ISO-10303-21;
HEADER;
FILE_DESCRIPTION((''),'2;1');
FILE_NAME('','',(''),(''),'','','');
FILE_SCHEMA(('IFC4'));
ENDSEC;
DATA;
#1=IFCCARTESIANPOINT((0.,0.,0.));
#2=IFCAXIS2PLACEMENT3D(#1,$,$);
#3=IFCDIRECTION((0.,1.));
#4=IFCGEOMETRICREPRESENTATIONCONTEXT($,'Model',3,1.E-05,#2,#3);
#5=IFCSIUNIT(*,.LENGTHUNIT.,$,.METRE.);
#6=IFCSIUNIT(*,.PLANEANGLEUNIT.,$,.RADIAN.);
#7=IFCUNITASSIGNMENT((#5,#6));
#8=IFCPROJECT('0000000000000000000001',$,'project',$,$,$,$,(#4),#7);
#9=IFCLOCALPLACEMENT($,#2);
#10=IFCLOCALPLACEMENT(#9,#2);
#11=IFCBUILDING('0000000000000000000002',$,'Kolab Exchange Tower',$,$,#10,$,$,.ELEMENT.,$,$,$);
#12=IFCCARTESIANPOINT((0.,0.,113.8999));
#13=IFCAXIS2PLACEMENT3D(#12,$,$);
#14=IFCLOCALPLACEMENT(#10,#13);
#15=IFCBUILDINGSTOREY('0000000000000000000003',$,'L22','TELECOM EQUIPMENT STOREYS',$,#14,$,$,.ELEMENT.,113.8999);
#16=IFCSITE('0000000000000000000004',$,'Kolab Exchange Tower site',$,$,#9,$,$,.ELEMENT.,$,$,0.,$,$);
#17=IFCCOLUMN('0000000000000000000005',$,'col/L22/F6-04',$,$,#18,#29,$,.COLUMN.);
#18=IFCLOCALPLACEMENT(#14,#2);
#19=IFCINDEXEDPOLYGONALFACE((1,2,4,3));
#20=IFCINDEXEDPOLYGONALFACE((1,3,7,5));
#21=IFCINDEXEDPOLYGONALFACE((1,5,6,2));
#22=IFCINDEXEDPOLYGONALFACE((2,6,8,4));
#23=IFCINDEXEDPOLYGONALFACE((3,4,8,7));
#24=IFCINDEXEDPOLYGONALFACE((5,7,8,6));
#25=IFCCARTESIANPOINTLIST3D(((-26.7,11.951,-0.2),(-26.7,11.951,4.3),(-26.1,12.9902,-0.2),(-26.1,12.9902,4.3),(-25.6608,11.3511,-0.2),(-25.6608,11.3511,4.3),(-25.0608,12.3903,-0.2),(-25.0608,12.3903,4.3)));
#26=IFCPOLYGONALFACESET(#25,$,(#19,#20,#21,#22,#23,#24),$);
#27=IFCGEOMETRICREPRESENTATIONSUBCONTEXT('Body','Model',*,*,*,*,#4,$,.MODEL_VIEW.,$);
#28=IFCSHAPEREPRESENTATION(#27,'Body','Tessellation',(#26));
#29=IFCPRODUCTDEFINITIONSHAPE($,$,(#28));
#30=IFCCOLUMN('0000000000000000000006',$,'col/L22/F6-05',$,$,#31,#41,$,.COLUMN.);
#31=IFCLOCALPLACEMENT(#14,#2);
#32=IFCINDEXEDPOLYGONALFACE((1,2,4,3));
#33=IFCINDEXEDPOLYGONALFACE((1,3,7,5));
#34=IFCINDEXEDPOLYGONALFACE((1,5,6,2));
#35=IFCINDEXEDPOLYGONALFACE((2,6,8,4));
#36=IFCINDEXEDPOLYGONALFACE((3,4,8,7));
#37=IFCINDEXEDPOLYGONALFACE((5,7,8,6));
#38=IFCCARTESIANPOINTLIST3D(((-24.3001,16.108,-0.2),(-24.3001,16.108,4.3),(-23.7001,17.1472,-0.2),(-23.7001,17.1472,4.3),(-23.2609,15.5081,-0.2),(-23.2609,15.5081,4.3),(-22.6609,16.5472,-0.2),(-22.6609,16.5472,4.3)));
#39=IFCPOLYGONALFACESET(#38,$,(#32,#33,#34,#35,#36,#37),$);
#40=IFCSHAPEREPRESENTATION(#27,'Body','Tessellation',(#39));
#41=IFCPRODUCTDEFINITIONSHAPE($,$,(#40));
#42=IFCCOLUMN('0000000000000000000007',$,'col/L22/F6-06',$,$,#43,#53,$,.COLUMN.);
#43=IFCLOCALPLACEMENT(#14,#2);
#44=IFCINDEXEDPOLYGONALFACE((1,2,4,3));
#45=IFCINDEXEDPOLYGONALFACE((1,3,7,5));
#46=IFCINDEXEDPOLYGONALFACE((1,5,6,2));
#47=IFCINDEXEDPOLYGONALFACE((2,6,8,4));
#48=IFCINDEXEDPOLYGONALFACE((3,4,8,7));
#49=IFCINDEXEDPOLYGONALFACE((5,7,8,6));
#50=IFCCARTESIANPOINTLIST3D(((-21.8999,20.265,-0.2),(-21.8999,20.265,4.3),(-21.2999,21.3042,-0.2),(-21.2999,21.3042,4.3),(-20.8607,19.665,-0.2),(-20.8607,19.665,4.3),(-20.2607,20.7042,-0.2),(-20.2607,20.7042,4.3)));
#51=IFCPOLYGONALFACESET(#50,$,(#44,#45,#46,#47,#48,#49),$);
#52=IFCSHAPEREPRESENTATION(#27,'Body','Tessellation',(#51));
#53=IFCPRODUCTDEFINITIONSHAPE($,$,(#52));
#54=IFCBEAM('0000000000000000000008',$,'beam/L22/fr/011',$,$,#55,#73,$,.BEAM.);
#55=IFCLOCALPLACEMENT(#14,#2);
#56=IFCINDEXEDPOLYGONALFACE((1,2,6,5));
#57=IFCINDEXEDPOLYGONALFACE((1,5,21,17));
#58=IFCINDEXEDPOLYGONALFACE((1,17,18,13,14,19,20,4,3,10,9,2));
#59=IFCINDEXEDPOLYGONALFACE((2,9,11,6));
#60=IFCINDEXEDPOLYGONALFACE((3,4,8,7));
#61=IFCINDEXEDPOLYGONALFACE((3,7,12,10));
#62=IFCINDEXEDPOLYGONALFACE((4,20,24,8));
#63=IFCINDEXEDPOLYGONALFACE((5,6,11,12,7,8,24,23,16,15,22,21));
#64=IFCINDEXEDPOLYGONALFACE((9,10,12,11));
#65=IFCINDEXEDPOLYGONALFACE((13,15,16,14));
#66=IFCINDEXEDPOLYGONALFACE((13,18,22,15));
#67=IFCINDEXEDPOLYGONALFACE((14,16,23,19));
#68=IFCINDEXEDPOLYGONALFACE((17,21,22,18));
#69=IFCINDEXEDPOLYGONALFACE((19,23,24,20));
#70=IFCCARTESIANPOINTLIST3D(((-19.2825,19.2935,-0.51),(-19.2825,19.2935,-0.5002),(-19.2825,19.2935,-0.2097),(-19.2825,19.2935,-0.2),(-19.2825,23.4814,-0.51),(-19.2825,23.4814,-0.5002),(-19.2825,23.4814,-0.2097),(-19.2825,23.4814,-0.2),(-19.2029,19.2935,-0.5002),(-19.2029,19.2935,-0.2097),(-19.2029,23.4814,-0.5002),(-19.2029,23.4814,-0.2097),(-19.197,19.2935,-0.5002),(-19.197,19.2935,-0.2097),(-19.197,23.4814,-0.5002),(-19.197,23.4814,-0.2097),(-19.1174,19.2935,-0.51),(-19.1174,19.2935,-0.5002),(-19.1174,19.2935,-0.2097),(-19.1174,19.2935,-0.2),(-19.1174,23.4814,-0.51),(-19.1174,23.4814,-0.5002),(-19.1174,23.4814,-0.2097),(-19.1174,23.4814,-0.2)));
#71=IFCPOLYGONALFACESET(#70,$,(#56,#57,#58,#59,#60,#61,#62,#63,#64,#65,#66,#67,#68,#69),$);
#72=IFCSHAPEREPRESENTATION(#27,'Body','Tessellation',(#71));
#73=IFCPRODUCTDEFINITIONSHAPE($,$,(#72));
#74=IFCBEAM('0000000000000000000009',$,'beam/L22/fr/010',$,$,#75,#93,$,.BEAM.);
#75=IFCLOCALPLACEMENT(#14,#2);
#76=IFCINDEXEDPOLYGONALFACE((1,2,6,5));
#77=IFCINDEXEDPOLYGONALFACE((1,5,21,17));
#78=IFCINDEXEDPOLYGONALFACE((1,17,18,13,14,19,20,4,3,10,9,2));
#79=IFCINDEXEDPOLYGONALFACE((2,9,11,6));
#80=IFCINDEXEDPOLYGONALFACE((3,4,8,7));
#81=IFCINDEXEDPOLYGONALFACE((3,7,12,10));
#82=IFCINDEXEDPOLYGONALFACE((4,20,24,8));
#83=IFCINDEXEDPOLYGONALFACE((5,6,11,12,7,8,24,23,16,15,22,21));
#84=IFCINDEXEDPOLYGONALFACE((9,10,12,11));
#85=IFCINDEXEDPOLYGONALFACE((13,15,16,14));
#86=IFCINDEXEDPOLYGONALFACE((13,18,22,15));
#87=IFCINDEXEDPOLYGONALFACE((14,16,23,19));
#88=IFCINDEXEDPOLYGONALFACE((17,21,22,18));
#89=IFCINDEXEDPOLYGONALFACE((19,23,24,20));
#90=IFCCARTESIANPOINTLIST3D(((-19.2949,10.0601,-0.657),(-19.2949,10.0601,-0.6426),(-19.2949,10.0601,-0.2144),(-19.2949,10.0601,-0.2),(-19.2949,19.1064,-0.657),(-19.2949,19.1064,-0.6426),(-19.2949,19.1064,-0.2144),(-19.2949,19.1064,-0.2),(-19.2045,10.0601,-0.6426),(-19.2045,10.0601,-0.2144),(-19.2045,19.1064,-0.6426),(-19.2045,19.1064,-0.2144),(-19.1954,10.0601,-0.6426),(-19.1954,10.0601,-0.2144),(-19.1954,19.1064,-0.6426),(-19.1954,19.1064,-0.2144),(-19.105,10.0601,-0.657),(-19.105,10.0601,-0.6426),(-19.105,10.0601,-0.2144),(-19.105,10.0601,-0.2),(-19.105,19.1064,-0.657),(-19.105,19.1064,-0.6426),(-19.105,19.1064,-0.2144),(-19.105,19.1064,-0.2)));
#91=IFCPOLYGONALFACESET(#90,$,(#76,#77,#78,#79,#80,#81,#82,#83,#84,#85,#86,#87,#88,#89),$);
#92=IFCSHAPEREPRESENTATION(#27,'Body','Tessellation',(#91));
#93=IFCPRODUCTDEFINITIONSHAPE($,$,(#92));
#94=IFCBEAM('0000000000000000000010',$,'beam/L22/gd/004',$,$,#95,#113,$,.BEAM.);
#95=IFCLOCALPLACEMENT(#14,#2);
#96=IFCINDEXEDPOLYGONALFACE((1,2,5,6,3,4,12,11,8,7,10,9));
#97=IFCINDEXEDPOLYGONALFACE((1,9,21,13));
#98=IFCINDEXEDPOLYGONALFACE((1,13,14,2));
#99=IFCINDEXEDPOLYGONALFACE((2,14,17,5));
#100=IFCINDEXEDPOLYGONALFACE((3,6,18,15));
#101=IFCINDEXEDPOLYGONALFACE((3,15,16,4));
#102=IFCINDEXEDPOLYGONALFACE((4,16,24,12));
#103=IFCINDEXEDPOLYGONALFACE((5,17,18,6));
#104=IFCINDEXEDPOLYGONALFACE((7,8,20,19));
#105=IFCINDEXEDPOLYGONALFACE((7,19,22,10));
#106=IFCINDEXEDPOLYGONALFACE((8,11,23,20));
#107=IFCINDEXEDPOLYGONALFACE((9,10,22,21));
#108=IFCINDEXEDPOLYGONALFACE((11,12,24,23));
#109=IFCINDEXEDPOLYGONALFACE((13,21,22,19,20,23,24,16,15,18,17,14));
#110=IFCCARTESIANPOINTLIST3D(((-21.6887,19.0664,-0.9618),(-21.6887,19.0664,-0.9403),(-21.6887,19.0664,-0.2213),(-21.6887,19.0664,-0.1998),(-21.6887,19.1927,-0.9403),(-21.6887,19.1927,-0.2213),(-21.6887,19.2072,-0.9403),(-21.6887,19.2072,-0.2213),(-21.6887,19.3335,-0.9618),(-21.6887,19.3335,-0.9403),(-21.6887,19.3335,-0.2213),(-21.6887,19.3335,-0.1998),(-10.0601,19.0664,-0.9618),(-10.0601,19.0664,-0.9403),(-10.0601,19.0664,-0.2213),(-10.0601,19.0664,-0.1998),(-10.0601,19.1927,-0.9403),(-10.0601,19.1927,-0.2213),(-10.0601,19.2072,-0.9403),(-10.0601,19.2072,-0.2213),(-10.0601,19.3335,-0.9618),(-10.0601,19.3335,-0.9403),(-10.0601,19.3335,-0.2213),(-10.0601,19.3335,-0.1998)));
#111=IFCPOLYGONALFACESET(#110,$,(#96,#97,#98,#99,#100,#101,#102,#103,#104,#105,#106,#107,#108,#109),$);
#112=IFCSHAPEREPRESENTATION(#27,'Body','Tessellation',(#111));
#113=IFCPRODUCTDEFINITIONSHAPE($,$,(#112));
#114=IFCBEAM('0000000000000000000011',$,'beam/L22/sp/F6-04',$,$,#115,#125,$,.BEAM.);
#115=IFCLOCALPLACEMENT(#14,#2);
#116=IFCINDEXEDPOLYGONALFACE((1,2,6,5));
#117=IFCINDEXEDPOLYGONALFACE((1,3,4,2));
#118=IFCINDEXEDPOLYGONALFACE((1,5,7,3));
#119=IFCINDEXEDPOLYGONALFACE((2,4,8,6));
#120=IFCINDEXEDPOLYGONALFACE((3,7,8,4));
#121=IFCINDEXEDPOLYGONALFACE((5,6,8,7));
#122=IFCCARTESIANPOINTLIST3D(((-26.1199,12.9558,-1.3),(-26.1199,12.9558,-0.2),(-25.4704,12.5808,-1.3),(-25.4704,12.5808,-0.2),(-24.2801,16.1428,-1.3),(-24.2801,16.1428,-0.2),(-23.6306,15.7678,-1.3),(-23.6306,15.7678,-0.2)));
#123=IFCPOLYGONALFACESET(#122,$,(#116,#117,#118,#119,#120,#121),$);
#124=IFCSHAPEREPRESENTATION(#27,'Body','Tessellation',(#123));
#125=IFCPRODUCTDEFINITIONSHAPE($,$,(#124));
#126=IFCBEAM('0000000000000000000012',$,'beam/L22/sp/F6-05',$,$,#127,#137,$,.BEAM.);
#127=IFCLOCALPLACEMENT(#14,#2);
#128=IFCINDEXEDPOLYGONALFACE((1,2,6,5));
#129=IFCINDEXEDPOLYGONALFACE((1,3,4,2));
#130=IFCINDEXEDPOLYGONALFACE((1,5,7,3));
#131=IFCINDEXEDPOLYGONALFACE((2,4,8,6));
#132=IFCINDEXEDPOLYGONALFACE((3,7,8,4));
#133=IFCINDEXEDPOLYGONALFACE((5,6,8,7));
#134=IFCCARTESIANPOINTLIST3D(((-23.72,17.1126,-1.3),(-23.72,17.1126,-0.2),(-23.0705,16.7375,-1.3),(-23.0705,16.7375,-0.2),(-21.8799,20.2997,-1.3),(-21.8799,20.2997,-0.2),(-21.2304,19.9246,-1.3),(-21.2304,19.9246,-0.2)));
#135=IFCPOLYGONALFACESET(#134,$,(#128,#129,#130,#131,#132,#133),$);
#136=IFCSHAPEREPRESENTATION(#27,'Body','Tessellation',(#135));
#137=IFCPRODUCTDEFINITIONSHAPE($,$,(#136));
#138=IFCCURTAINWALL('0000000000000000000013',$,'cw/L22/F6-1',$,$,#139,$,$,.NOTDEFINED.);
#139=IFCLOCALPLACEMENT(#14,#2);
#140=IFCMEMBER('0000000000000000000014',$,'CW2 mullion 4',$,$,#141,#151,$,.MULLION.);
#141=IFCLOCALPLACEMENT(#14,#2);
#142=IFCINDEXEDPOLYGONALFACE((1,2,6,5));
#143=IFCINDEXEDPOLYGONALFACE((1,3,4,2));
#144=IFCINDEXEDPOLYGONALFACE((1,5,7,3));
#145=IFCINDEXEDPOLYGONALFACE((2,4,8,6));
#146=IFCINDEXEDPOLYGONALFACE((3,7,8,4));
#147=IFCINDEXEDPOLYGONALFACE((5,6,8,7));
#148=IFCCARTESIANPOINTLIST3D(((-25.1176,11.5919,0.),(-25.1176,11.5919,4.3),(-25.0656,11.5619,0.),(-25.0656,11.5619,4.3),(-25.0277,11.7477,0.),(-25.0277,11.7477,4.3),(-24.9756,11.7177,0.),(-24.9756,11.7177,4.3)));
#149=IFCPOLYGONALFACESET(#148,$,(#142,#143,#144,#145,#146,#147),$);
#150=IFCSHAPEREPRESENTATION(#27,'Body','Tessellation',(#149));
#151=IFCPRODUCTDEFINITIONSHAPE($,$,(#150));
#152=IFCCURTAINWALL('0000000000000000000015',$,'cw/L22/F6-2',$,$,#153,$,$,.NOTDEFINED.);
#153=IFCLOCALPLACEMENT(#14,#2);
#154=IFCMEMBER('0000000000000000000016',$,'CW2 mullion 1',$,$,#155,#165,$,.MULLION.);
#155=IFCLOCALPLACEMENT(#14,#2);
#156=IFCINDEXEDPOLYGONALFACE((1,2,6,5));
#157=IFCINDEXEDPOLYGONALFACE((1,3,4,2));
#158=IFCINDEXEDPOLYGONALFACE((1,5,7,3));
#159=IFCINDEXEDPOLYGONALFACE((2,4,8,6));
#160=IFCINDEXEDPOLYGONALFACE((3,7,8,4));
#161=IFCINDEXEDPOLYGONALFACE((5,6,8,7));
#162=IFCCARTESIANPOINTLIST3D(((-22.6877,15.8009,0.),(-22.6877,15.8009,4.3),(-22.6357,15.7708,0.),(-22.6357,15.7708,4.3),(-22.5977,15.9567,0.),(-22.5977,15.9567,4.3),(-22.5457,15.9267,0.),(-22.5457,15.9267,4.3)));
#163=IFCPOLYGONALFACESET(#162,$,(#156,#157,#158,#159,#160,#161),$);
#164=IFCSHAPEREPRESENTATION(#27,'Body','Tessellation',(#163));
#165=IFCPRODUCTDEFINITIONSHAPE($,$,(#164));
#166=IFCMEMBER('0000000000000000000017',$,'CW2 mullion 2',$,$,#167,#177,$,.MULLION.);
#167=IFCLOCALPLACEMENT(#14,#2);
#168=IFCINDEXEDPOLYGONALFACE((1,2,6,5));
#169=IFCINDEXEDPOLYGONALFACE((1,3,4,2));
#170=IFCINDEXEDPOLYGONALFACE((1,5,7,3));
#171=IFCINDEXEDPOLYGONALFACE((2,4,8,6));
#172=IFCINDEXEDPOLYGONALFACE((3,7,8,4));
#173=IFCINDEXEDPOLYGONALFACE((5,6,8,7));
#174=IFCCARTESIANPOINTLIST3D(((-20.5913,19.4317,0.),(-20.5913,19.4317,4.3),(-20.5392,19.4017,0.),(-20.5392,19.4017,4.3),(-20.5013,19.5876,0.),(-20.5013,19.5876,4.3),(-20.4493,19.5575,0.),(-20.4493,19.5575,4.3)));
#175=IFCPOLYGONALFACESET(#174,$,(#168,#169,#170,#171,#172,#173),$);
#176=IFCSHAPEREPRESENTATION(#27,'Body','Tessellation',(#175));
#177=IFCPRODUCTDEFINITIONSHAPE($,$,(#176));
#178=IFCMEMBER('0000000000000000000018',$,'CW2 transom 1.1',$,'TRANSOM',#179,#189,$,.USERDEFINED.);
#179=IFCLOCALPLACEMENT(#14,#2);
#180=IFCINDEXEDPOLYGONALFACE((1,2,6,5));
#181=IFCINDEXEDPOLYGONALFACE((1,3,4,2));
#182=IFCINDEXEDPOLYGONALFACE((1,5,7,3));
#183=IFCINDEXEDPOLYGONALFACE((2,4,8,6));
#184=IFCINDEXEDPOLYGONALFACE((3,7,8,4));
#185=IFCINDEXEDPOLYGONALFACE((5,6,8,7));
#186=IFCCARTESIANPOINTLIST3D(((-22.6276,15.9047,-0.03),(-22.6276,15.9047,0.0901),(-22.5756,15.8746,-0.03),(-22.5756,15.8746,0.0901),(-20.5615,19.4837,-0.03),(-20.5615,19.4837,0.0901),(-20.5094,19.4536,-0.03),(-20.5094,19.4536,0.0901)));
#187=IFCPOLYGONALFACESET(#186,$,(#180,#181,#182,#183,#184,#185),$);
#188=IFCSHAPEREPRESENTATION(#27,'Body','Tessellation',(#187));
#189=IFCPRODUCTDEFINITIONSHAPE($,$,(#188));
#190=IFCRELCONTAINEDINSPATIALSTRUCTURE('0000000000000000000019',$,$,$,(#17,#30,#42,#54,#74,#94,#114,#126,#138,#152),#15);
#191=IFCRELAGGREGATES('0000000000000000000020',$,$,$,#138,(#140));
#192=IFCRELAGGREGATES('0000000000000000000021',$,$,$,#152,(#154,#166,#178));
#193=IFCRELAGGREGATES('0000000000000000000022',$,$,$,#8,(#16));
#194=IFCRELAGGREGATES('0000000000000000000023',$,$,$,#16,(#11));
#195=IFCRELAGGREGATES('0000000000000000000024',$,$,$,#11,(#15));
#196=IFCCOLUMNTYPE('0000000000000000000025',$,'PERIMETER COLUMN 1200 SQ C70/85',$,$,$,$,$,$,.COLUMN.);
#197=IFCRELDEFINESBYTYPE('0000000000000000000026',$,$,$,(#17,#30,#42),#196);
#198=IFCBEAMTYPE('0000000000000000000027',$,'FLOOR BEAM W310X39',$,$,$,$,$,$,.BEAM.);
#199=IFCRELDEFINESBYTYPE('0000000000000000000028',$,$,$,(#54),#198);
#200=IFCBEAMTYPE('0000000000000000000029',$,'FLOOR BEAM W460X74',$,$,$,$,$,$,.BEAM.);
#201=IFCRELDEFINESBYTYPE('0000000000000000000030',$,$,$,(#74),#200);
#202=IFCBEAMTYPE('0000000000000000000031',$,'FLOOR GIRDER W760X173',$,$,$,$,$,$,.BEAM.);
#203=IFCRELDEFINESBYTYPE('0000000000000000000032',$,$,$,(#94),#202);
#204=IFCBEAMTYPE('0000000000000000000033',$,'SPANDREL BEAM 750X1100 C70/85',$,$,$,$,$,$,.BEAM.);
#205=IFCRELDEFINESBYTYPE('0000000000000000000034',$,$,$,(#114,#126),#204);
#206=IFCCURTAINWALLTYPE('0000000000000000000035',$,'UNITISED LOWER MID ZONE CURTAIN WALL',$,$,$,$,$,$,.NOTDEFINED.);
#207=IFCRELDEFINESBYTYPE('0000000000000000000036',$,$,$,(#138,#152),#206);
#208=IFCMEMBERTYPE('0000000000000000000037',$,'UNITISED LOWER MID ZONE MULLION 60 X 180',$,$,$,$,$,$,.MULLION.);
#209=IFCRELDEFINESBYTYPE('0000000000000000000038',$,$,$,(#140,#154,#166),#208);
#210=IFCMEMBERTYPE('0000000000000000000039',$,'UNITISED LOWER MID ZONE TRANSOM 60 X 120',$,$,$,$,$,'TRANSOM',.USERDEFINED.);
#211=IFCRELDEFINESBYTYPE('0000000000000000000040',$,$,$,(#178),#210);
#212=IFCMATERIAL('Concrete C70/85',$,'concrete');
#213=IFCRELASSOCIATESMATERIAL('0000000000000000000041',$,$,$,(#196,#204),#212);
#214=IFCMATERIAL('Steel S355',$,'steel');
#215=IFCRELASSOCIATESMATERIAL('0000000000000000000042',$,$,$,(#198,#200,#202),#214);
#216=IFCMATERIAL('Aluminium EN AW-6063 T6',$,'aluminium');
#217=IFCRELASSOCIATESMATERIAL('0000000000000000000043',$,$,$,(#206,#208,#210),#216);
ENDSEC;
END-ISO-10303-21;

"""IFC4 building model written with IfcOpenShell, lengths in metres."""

from ifc_helpers import new_model, si_unit, direction, frame, origin, origin_2d, place, context, subcontext, project, spatial, rectangle, i_section, extrude, material, material_profile, profile_set, type_object, element, aggregate, save


model = new_model("IFC4")

# Units and contexts
model_context = context("Model", 3, precision=1e-05, world=origin(), true_north=direction((0.0, 1.0)))
body_context = subcontext(model_context, "Body", "Model", "MODEL_VIEW")
ifc_project = project(units=[si_unit("LENGTHUNIT", "METRE"), si_unit("PLANEANGLEUNIT", "RADIAN")], contexts=[model_context])

# Site, building, storey
site_placement = place(None, origin())
site = spatial("IfcSite", under=ifc_project, at=site_placement, Name="Kolab Exchange Tower site", CompositionType="ELEMENT", RefElevation=0.0)
building_placement = place(site_placement, origin())
building = spatial("IfcBuilding", under=site, at=building_placement, Name="Kolab Exchange Tower", CompositionType="ELEMENT")
storey_placement = place(building_placement, frame((0.0, 0.0, 113.8999)))
storey = spatial("IfcBuildingStorey", under=building, at=storey_placement, Name="L22", Description="TELECOM EQUIPMENT STOREYS", CompositionType="ELEMENT", Elevation=113.8999)

# Columns
ifc_material_1 = material(Name="Concrete C70/85", Category="concrete")
ifc_material_profile_1 = material_profile(ifc_material_1, rectangle(XDim=1.2, YDim=1.2, at=origin_2d()), Name="RC1200")
ifc_profile_set_1 = profile_set([ifc_material_profile_1], Name="Concrete C70/85")
column_type = type_object("IfcColumnType", Name="PERIMETER COLUMN 1200 SQ C70/85", PredefinedType="COLUMN", material=ifc_profile_set_1)
for number, where, z_axis, x_axis, name in (
    (1, (-25.8804, 12.1707, -0.2), (0.0, 0.0, 1.0), (0.5, 0.866025, 0.0), "col/L22/F6-04"),
    (2, (-23.4805, 16.3276, -0.2), (0.0, 0.0, 1.0), (0.5, 0.866025, 0.0), "col/L22/F6-05"),
    (3, (-21.0803, 20.4846, -0.2), (0.0, 0.0, 1.0), (0.5, 0.866025, 0.0), "col/L22/F6-06"),
):
    element("IfcColumn", number, at=place(storey_placement, frame(where, z_axis=z_axis, x_axis=x_axis)), inside=storey, type_object=column_type, Name=name, PredefinedType="COLUMN", context=body_context, shape_type="SweptSolid", body=[
        extrude(rectangle(XDim=1.2, YDim=1.2, at=origin_2d()), origin(), (0.0, 0.0, 1.0), 4.5),
    ])

# Beams
ifc_material_2 = material(Name="Steel S355", Category="steel")
ifc_material_profile_2 = material_profile(ifc_material_2, i_section(OverallWidth=0.165, OverallDepth=0.3101, WebThickness=0.0059, FlangeThickness=0.0098, at=origin_2d()), Name="W310X39")
ifc_profile_set_2 = profile_set([ifc_material_profile_2], Name="Steel S355")
beam_type_1 = type_object("IfcBeamType", Name="FLOOR BEAM W310X39", PredefinedType="BEAM", material=ifc_profile_set_2)
beam_1_placement = place(storey_placement, frame((-19.2, 19.2935, -0.355), z_axis=(0.0, 1.0, 0.0), x_axis=(-1.0, 0.0, 0.0)))
element("IfcBeam", 4, at=beam_1_placement, inside=storey, type_object=beam_type_1, Name="beam/L22/fr/011", PredefinedType="BEAM", context=body_context, shape_type="SweptSolid", body=[
    extrude(i_section(OverallWidth=0.165, OverallDepth=0.3101, WebThickness=0.0059, FlangeThickness=0.0098, at=origin_2d()), origin(), (0.0, 0.0, 1.0), 4.188),
])
ifc_material_profile_3 = material_profile(ifc_material_2, i_section(OverallWidth=0.1899, OverallDepth=0.457, WebThickness=0.009, FlangeThickness=0.0144, at=origin_2d()), Name="W460X74")
ifc_profile_set_3 = profile_set([ifc_material_profile_3], Name="Steel S355")
beam_type_2 = type_object("IfcBeamType", Name="FLOOR BEAM W460X74", PredefinedType="BEAM", material=ifc_profile_set_3)
beam_2_placement = place(storey_placement, frame((-19.2, 10.0601, -0.4285), z_axis=(0.0, 1.0, 0.0), x_axis=(-1.0, 0.0, 0.0)))
element("IfcBeam", 5, at=beam_2_placement, inside=storey, type_object=beam_type_2, Name="beam/L22/fr/010", PredefinedType="BEAM", context=body_context, shape_type="SweptSolid", body=[
    extrude(i_section(OverallWidth=0.1899, OverallDepth=0.457, WebThickness=0.009, FlangeThickness=0.0144, at=origin_2d()), origin(), (0.0, 0.0, 1.0), 9.0464),
])
ifc_material_profile_4 = material_profile(ifc_material_2, i_section(OverallWidth=0.2671, OverallDepth=0.762, WebThickness=0.0144, FlangeThickness=0.0215, at=origin_2d()), Name="W760X173")
ifc_profile_set_4 = profile_set([ifc_material_profile_4], Name="Steel S355")
beam_type_3 = type_object("IfcBeamType", Name="FLOOR GIRDER W760X173", PredefinedType="BEAM", material=ifc_profile_set_4)
beam_3_placement = place(storey_placement, frame((-21.6887, 19.2, -0.5808), z_axis=(1.0, 0.0, 0.0), x_axis=(0.0, 1.0, 0.0)))
element("IfcBeam", 6, at=beam_3_placement, inside=storey, type_object=beam_type_3, Name="beam/L22/gd/004", PredefinedType="BEAM", context=body_context, shape_type="SweptSolid", body=[
    extrude(i_section(OverallWidth=0.2671, OverallDepth=0.762, WebThickness=0.0144, FlangeThickness=0.0215, at=origin_2d()), origin(), (0.0, 0.0, 1.0), 11.6287),
])
ifc_material_profile_5 = material_profile(ifc_material_1, rectangle(XDim=0.75, YDim=1.1001, at=origin_2d()), Name="RC750X1100")
ifc_profile_set_5 = profile_set([ifc_material_profile_5], Name="Concrete C70/85")
beam_type_4 = type_object("IfcBeamType", Name="SPANDREL BEAM 750X1100 C70/85", PredefinedType="BEAM", material=ifc_profile_set_5)
beam_4_placement = place(storey_placement, frame((-25.7952, 12.7683, -0.75), z_axis=(0.499964, 0.866046, 0.0), x_axis=(-0.866046, 0.499964, 0.0)))
element("IfcBeam", 7, at=beam_4_placement, inside=storey, type_object=beam_type_4, Name="beam/L22/sp/F6-04", PredefinedType="BEAM", context=body_context, shape_type="SweptSolid", body=[
    extrude(rectangle(XDim=0.75, YDim=1.1001, at=origin_2d()), origin(), (0.0, 0.0, 1.0), 3.6799),
])
beam_5_placement = place(storey_placement, frame((-23.3953, 16.925, -0.75), z_axis=(0.500013, 0.866018, 0.0), x_axis=(-0.866018, 0.500013, 0.0)))
element("IfcBeam", 8, at=beam_5_placement, inside=storey, type_object=beam_type_4, Name="beam/L22/sp/F6-05", PredefinedType="BEAM", context=body_context, shape_type="SweptSolid", body=[
    extrude(rectangle(XDim=0.75, YDim=1.1001, at=origin_2d()), origin(), (0.0, 0.0, 1.0), 3.6802),
])

# Curtain wall, member
ifc_material_3 = material(Name="Aluminium EN AW-6063 T6", Category="aluminium")
curtain_wall_type = type_object("IfcCurtainWallType", Name="UNITISED LOWER MID ZONE CURTAIN WALL", PredefinedType="NOTDEFINED", material=ifc_material_3)
curtain_wall_1_placement = place(storey_placement, origin())
curtain_wall_1 = element("IfcCurtainWall", 9, at=curtain_wall_1_placement, inside=storey, type_object=curtain_wall_type, Name="cw/L22/F6-1", PredefinedType="NOTDEFINED")
ifc_material_profile_6 = material_profile(ifc_material_3, rectangle(XDim=0.0601, YDim=0.1799, at=origin_2d()), Name="RECT 60X180")
ifc_profile_set_6 = profile_set([ifc_material_profile_6], Name="Aluminium EN AW-6063 T6")
member_type_1 = type_object("IfcMemberType", Name="UNITISED LOWER MID ZONE MULLION 60 X 180", PredefinedType="MULLION", material=ifc_profile_set_6)
member_1_placement = place(storey_placement, frame((-25.0466, 11.6548, 0.0), z_axis=(0.0, 0.0, 1.0), x_axis=(-0.866025, 0.5, 0.0)))
member_1 = element("IfcMember", 10, at=member_1_placement, type_object=member_type_1, Name="CW2 mullion 4", PredefinedType="MULLION", context=body_context, shape_type="SweptSolid", body=[
    extrude(rectangle(XDim=0.0601, YDim=0.1799, at=origin_2d()), origin(), (0.0, 0.0, 1.0), 4.3),
])
aggregate(curtain_wall_1, [member_1])

# Curtain wall, members
curtain_wall_2_placement = place(storey_placement, origin())
curtain_wall_2 = element("IfcCurtainWall", 11, at=curtain_wall_2_placement, inside=storey, type_object=curtain_wall_type, Name="cw/L22/F6-2", PredefinedType="NOTDEFINED")
member_2_placement = place(storey_placement, frame((-22.6167, 15.8638, 0.0), z_axis=(0.0, 0.0, 1.0), x_axis=(-0.866025, 0.5, 0.0)))
member_2 = element("IfcMember", 12, at=member_2_placement, type_object=member_type_1, Name="CW2 mullion 1", PredefinedType="MULLION", context=body_context, shape_type="SweptSolid", body=[
    extrude(rectangle(XDim=0.0601, YDim=0.1799, at=origin_2d()), origin(), (0.0, 0.0, 1.0), 4.3),
])
member_3_placement = place(storey_placement, frame((-20.5203, 19.4946, 0.0), z_axis=(0.0, 0.0, 1.0), x_axis=(-0.866025, 0.5, 0.0)))
member_3 = element("IfcMember", 13, at=member_3_placement, type_object=member_type_1, Name="CW2 mullion 2", PredefinedType="MULLION", context=body_context, shape_type="SweptSolid", body=[
    extrude(rectangle(XDim=0.0601, YDim=0.1799, at=origin_2d()), origin(), (0.0, 0.0, 1.0), 4.3),
])
ifc_material_profile_7 = material_profile(ifc_material_3, rectangle(XDim=0.0601, YDim=0.1201, at=origin_2d()), Name="RECT 60X120")
ifc_profile_set_7 = profile_set([ifc_material_profile_7], Name="Aluminium EN AW-6063 T6")
member_type_2 = type_object("IfcMemberType", Name="UNITISED LOWER MID ZONE TRANSOM 60 X 120", ElementType="TRANSOM", PredefinedType="USERDEFINED", material=ifc_profile_set_7)
member_4_placement = place(storey_placement, frame((-22.6016, 15.8896, 0.03), z_axis=(0.499958, 0.86605, 0.0), x_axis=(-0.86605, 0.499958, 0.0)))
member_4 = element("IfcMember", 14, at=member_4_placement, type_object=member_type_2, Name="CW2 transom 1.1", ObjectType="TRANSOM", PredefinedType="USERDEFINED", context=body_context, shape_type="SweptSolid", body=[
    extrude(rectangle(XDim=0.0601, YDim=0.1201, at=origin_2d()), origin(), (0.0, 0.0, 1.0), 4.1326),
])
aggregate(curtain_wall_2, [member_2, member_3, member_4])

save(model, "model.ifc")
